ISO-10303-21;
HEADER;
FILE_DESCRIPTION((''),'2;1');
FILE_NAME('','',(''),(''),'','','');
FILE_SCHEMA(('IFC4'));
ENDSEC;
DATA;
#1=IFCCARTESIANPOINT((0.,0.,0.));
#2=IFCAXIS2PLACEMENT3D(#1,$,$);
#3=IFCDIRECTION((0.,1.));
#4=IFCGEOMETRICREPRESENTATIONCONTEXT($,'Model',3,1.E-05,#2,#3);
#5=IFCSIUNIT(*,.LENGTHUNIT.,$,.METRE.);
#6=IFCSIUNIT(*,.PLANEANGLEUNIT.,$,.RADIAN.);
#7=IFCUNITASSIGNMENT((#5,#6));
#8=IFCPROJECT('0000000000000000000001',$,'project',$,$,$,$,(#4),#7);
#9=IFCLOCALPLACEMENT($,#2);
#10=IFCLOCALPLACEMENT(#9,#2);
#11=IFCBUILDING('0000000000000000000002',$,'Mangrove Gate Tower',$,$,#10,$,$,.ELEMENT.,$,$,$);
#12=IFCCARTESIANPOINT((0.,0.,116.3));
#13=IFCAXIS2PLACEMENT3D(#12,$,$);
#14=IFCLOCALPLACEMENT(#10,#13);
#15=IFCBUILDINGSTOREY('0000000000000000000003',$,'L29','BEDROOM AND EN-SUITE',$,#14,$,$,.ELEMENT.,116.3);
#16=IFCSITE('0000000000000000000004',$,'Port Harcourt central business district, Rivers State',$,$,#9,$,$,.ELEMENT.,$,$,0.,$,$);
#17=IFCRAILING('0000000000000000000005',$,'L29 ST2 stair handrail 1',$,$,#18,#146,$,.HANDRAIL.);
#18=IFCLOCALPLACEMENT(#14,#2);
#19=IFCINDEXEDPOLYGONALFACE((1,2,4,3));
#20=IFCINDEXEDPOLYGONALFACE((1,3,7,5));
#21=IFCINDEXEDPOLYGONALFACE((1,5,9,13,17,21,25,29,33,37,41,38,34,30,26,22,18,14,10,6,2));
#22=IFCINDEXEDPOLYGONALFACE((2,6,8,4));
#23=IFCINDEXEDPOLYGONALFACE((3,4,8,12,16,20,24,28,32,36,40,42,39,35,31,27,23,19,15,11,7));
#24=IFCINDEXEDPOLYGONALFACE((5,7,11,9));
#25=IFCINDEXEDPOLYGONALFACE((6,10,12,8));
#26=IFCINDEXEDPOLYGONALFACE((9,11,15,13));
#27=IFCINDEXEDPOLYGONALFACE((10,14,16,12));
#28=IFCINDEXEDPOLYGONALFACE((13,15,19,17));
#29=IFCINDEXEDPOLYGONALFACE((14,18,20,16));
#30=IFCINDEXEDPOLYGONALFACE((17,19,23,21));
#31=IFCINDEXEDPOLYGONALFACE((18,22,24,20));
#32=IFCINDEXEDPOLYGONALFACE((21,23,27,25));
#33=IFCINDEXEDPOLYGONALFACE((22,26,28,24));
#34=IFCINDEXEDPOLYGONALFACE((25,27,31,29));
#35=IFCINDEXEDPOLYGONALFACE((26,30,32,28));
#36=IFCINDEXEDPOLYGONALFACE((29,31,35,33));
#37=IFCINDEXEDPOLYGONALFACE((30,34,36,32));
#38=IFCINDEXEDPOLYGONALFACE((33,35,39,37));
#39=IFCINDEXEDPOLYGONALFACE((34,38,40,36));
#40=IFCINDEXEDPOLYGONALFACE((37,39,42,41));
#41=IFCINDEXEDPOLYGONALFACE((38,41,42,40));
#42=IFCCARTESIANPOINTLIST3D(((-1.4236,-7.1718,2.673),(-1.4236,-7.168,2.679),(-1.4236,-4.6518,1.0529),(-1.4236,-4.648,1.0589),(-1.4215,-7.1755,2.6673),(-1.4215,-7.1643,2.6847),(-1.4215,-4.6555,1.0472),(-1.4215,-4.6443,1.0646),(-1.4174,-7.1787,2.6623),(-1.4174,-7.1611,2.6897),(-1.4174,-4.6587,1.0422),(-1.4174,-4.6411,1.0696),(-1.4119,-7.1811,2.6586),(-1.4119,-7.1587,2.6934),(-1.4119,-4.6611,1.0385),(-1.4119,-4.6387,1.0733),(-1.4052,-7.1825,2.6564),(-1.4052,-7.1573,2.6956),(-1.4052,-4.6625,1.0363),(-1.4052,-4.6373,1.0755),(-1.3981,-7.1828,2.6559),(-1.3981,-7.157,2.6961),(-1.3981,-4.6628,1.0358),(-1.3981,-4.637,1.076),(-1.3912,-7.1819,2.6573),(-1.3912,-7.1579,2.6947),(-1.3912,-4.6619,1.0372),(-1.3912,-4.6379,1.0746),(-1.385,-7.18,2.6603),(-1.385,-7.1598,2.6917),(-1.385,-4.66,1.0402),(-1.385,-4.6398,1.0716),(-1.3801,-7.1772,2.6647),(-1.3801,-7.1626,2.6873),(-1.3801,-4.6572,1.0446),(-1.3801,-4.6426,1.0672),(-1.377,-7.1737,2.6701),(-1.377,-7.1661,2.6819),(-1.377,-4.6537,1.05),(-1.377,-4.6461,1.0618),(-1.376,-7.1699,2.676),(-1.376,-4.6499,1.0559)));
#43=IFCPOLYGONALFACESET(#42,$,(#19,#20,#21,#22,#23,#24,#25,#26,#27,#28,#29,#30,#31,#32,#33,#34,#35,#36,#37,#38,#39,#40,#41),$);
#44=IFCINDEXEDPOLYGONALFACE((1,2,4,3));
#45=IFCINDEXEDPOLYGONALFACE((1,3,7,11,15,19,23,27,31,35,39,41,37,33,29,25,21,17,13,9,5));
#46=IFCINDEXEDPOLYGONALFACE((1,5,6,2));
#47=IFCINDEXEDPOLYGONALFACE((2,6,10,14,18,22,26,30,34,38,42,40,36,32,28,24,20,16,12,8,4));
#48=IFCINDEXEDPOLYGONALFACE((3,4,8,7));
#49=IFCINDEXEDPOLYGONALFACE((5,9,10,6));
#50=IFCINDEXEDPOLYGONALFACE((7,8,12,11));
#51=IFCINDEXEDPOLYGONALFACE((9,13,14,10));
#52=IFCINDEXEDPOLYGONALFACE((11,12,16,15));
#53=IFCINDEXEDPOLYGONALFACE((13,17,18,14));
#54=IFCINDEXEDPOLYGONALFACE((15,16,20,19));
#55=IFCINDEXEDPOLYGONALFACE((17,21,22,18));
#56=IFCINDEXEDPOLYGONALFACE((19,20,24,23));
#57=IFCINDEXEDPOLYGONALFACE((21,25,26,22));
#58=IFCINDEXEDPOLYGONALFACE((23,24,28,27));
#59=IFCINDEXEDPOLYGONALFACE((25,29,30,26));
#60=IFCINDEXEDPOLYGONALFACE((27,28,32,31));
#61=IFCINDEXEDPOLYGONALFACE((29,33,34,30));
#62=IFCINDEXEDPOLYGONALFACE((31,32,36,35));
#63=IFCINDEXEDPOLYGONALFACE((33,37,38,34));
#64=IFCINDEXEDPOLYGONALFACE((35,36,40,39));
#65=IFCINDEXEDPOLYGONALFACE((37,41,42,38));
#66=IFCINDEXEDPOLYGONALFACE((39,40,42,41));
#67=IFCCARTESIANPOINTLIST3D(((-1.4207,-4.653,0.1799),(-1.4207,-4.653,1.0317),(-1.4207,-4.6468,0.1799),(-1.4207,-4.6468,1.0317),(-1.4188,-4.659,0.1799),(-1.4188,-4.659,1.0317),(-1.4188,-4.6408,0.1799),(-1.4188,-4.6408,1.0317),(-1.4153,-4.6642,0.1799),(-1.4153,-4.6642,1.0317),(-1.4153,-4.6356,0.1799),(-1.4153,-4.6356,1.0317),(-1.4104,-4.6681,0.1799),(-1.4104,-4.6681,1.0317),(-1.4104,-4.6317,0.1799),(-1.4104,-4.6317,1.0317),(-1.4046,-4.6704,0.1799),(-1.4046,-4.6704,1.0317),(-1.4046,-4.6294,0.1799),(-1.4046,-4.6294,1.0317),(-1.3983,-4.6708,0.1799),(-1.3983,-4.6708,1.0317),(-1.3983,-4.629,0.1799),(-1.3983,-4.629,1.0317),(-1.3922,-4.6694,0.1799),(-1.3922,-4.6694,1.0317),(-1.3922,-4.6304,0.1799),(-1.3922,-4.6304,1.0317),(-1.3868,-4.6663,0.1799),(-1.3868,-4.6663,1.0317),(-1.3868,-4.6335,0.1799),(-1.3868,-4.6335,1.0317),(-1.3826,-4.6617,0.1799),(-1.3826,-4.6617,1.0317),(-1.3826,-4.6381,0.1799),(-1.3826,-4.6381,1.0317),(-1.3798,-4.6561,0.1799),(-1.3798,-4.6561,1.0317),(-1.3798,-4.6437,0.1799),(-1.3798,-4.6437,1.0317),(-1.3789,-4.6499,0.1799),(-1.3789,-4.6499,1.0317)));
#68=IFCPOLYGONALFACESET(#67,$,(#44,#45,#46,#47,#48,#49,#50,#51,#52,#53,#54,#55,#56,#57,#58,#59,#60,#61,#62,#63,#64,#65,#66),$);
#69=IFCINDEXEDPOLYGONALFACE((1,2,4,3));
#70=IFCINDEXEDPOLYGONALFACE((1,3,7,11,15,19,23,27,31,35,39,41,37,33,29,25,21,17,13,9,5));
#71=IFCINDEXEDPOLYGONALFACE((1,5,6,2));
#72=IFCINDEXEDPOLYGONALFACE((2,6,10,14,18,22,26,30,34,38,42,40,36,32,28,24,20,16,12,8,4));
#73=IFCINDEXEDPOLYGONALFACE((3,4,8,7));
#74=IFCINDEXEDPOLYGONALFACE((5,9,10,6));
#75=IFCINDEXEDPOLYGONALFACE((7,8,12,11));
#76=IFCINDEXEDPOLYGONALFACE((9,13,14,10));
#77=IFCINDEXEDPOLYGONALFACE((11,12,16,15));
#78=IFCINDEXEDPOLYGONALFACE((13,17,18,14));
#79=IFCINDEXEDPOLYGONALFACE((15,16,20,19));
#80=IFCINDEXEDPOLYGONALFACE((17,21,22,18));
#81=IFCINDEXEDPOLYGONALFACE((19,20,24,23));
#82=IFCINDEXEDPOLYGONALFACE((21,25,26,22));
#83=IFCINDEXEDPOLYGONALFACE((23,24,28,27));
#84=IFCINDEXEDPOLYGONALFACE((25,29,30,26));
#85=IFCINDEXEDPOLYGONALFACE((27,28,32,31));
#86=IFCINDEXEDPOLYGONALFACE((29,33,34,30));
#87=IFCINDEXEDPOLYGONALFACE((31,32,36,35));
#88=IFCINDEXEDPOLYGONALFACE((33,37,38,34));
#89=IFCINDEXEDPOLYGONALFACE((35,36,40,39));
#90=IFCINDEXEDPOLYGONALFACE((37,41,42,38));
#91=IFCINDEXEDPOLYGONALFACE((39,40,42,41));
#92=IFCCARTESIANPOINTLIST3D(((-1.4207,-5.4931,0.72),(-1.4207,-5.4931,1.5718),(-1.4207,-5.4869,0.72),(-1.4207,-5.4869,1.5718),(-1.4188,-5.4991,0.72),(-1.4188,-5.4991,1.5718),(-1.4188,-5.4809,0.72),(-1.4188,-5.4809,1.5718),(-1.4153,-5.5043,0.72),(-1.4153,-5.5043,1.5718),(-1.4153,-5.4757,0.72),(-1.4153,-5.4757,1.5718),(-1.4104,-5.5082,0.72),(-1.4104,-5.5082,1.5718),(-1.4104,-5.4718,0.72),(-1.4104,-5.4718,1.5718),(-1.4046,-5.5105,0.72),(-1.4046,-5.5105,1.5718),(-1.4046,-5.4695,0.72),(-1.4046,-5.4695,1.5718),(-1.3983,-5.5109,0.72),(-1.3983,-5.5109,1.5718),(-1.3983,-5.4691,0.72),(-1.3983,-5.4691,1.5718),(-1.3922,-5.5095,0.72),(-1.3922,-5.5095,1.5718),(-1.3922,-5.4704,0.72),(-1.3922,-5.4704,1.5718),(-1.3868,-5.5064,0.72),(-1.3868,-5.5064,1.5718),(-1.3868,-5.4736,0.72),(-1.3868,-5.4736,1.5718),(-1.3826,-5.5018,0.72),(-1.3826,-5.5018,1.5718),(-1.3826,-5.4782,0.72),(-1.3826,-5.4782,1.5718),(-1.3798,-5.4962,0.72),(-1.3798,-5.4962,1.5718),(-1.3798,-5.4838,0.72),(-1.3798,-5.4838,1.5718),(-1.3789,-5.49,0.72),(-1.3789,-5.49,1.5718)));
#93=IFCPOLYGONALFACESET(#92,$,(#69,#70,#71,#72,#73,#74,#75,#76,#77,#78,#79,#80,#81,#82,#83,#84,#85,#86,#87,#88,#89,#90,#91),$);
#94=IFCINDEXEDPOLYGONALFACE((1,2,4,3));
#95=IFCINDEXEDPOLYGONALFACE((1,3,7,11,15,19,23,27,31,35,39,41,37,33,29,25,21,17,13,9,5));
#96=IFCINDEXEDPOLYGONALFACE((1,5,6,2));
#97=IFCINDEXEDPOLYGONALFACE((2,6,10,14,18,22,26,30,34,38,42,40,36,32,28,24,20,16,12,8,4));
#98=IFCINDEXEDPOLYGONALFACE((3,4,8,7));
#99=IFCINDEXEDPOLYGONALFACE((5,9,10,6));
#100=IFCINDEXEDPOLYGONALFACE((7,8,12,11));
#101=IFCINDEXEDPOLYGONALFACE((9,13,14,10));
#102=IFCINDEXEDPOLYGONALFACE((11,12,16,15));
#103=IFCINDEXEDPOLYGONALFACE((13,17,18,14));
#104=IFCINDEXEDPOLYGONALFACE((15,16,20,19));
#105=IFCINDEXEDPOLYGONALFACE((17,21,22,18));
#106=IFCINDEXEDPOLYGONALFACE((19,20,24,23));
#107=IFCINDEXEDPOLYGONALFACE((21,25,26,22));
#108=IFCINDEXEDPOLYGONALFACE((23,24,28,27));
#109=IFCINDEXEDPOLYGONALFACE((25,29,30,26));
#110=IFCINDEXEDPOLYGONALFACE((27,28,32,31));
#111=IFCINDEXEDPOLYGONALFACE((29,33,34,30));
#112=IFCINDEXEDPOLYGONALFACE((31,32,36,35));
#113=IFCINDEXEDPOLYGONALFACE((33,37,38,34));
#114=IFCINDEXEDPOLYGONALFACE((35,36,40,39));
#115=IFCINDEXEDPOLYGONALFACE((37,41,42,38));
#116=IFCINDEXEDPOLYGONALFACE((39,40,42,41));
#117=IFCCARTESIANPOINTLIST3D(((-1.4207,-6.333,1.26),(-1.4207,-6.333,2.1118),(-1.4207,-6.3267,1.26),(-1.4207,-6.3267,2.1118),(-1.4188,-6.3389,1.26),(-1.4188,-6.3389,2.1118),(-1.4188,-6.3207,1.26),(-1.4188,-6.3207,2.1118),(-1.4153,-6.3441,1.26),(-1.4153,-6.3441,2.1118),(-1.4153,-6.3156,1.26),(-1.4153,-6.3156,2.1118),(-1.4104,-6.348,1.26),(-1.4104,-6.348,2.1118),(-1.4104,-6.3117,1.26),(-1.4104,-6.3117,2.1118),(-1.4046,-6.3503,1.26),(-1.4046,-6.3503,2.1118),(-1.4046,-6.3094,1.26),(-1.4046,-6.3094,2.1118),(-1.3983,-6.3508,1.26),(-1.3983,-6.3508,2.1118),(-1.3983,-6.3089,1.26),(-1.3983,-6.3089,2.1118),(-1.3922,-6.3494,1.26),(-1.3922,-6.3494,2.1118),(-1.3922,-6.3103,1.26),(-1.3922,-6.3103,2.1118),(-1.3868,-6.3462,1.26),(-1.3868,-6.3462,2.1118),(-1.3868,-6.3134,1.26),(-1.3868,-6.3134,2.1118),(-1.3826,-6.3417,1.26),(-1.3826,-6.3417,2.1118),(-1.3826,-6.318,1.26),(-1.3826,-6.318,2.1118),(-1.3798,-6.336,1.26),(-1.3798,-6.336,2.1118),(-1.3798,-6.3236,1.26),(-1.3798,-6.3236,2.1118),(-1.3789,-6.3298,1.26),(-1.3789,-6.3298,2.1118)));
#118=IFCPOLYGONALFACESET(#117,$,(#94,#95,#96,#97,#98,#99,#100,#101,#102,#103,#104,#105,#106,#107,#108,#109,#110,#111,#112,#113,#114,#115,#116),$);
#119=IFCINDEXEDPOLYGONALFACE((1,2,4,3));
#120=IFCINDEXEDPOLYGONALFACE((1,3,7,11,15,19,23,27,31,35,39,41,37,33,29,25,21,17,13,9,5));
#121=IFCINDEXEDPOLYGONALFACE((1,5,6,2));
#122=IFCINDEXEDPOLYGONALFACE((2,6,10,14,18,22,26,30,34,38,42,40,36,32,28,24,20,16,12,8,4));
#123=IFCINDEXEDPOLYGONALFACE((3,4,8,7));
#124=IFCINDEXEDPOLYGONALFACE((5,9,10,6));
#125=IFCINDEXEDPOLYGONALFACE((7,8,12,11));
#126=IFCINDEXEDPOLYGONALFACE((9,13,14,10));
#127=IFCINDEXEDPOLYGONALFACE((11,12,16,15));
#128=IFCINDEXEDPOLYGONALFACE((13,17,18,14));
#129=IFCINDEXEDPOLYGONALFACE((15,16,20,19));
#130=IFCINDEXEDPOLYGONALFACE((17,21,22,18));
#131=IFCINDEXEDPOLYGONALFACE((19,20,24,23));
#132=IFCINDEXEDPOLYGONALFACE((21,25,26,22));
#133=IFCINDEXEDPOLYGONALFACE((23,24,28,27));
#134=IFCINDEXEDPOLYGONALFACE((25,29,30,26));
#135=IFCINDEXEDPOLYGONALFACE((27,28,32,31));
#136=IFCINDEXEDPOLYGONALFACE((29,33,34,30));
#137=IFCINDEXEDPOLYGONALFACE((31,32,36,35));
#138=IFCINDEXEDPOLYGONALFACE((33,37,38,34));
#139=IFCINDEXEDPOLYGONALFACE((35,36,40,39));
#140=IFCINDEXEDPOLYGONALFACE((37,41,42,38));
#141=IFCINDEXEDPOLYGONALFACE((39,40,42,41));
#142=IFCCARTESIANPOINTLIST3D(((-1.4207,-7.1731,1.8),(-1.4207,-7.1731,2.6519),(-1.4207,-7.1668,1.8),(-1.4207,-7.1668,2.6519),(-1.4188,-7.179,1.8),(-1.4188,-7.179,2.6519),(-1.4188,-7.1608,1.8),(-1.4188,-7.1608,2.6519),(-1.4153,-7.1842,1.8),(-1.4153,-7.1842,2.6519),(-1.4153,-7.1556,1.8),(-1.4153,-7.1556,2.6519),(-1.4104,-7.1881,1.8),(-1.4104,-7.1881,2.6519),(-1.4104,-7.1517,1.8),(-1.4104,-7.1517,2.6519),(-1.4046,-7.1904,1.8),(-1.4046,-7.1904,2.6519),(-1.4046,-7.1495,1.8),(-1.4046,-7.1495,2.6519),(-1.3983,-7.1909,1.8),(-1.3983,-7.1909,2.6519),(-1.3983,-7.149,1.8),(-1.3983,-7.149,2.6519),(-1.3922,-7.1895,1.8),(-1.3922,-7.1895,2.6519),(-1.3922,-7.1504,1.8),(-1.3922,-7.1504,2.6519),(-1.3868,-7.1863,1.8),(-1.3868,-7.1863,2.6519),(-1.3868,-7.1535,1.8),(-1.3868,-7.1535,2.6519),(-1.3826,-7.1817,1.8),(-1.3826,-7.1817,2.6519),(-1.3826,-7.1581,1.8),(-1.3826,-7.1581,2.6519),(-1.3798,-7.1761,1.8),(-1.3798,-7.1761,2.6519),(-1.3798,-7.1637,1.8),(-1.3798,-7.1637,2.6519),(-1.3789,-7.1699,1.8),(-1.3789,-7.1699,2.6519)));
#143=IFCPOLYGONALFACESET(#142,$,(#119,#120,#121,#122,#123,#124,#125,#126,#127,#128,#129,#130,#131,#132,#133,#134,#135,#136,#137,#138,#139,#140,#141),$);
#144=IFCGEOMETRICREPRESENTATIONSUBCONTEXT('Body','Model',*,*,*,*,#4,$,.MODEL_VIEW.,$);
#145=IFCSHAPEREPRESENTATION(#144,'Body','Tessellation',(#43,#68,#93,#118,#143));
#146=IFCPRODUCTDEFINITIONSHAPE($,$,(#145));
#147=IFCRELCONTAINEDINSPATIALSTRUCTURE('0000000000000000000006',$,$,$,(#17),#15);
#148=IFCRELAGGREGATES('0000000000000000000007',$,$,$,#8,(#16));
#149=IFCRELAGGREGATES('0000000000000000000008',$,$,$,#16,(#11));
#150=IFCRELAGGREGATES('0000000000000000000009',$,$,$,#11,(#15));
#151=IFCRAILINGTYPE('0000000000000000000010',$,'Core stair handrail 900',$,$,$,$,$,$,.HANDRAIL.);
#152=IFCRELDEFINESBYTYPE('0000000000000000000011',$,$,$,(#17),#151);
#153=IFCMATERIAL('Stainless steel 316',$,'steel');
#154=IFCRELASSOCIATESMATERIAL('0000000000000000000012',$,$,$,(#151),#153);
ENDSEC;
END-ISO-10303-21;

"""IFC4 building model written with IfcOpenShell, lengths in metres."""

from ifc_helpers import new_model, si_unit, direction, frame, origin, origin_2d, place, context, subcontext, project, spatial, circle, extrude, material, type_object, element, save


model = new_model("IFC4")

# Units and contexts
model_context = context("Model", 3, precision=1e-05, world=origin(), true_north=direction((0.0, 1.0)))
body_context = subcontext(model_context, "Body", "Model", "MODEL_VIEW")
ifc_project = project(units=[si_unit("LENGTHUNIT", "METRE"), si_unit("PLANEANGLEUNIT", "RADIAN")], contexts=[model_context])

# Site, building, storey
site_placement = place(None, origin())
site = spatial("IfcSite", under=ifc_project, at=site_placement, Name="Port Harcourt central business district, Rivers State", CompositionType="ELEMENT", RefElevation=0.0)
building_placement = place(site_placement, origin())
building = spatial("IfcBuilding", under=site, at=building_placement, Name="Mangrove Gate Tower", CompositionType="ELEMENT")
storey_placement = place(building_placement, frame((0.0, 0.0, 116.3)))
storey = spatial("IfcBuildingStorey", under=building, at=storey_placement, Name="L29", Description="BEDROOM AND EN-SUITE", CompositionType="ELEMENT", Elevation=116.3)

# Railing
ifc_material_1 = material(Name="Stainless steel 316", Category="steel")
railing_type_1 = type_object("IfcRailingType", Name="Core stair handrail 900", PredefinedType="HANDRAIL", material=ifc_material_1)
railing_1_placement = place(storey_placement, frame((-1.3999, -4.6499, 0.1799)))
element("IfcRailing", 1, at=railing_1_placement, inside=storey, type_object=railing_type_1, Name="L29 ST2 stair handrail 1", PredefinedType="HANDRAIL", context=body_context, shape_type="SweptSolid", body=[
    extrude(circle(Radius=0.0239, at=origin_2d()), frame((0.0, 0.0, 0.876), z_axis=(0.0, -0.841163, 0.540782), x_axis=(1.0, 0.0, 0.0)), (0.0, 0.0, 1.0), 2.9958),
    extrude(circle(Radius=0.021, at=origin_2d()), origin(), (0.0, 0.0, 1.0), 0.8518),
    extrude(circle(Radius=0.021, at=origin_2d()), frame((0.0, -0.8401, 0.54)), (0.0, 0.0, 1.0), 0.8518),
    extrude(circle(Radius=0.021, at=origin_2d()), frame((0.0, -1.6799, 1.0801)), (0.0, 0.0, 1.0), 0.8518),
    extrude(circle(Radius=0.021, at=origin_2d()), frame((0.0, -2.52, 1.6201)), (0.0, 0.0, 1.0), 0.8518),
])

save(model, "model.ifc")
